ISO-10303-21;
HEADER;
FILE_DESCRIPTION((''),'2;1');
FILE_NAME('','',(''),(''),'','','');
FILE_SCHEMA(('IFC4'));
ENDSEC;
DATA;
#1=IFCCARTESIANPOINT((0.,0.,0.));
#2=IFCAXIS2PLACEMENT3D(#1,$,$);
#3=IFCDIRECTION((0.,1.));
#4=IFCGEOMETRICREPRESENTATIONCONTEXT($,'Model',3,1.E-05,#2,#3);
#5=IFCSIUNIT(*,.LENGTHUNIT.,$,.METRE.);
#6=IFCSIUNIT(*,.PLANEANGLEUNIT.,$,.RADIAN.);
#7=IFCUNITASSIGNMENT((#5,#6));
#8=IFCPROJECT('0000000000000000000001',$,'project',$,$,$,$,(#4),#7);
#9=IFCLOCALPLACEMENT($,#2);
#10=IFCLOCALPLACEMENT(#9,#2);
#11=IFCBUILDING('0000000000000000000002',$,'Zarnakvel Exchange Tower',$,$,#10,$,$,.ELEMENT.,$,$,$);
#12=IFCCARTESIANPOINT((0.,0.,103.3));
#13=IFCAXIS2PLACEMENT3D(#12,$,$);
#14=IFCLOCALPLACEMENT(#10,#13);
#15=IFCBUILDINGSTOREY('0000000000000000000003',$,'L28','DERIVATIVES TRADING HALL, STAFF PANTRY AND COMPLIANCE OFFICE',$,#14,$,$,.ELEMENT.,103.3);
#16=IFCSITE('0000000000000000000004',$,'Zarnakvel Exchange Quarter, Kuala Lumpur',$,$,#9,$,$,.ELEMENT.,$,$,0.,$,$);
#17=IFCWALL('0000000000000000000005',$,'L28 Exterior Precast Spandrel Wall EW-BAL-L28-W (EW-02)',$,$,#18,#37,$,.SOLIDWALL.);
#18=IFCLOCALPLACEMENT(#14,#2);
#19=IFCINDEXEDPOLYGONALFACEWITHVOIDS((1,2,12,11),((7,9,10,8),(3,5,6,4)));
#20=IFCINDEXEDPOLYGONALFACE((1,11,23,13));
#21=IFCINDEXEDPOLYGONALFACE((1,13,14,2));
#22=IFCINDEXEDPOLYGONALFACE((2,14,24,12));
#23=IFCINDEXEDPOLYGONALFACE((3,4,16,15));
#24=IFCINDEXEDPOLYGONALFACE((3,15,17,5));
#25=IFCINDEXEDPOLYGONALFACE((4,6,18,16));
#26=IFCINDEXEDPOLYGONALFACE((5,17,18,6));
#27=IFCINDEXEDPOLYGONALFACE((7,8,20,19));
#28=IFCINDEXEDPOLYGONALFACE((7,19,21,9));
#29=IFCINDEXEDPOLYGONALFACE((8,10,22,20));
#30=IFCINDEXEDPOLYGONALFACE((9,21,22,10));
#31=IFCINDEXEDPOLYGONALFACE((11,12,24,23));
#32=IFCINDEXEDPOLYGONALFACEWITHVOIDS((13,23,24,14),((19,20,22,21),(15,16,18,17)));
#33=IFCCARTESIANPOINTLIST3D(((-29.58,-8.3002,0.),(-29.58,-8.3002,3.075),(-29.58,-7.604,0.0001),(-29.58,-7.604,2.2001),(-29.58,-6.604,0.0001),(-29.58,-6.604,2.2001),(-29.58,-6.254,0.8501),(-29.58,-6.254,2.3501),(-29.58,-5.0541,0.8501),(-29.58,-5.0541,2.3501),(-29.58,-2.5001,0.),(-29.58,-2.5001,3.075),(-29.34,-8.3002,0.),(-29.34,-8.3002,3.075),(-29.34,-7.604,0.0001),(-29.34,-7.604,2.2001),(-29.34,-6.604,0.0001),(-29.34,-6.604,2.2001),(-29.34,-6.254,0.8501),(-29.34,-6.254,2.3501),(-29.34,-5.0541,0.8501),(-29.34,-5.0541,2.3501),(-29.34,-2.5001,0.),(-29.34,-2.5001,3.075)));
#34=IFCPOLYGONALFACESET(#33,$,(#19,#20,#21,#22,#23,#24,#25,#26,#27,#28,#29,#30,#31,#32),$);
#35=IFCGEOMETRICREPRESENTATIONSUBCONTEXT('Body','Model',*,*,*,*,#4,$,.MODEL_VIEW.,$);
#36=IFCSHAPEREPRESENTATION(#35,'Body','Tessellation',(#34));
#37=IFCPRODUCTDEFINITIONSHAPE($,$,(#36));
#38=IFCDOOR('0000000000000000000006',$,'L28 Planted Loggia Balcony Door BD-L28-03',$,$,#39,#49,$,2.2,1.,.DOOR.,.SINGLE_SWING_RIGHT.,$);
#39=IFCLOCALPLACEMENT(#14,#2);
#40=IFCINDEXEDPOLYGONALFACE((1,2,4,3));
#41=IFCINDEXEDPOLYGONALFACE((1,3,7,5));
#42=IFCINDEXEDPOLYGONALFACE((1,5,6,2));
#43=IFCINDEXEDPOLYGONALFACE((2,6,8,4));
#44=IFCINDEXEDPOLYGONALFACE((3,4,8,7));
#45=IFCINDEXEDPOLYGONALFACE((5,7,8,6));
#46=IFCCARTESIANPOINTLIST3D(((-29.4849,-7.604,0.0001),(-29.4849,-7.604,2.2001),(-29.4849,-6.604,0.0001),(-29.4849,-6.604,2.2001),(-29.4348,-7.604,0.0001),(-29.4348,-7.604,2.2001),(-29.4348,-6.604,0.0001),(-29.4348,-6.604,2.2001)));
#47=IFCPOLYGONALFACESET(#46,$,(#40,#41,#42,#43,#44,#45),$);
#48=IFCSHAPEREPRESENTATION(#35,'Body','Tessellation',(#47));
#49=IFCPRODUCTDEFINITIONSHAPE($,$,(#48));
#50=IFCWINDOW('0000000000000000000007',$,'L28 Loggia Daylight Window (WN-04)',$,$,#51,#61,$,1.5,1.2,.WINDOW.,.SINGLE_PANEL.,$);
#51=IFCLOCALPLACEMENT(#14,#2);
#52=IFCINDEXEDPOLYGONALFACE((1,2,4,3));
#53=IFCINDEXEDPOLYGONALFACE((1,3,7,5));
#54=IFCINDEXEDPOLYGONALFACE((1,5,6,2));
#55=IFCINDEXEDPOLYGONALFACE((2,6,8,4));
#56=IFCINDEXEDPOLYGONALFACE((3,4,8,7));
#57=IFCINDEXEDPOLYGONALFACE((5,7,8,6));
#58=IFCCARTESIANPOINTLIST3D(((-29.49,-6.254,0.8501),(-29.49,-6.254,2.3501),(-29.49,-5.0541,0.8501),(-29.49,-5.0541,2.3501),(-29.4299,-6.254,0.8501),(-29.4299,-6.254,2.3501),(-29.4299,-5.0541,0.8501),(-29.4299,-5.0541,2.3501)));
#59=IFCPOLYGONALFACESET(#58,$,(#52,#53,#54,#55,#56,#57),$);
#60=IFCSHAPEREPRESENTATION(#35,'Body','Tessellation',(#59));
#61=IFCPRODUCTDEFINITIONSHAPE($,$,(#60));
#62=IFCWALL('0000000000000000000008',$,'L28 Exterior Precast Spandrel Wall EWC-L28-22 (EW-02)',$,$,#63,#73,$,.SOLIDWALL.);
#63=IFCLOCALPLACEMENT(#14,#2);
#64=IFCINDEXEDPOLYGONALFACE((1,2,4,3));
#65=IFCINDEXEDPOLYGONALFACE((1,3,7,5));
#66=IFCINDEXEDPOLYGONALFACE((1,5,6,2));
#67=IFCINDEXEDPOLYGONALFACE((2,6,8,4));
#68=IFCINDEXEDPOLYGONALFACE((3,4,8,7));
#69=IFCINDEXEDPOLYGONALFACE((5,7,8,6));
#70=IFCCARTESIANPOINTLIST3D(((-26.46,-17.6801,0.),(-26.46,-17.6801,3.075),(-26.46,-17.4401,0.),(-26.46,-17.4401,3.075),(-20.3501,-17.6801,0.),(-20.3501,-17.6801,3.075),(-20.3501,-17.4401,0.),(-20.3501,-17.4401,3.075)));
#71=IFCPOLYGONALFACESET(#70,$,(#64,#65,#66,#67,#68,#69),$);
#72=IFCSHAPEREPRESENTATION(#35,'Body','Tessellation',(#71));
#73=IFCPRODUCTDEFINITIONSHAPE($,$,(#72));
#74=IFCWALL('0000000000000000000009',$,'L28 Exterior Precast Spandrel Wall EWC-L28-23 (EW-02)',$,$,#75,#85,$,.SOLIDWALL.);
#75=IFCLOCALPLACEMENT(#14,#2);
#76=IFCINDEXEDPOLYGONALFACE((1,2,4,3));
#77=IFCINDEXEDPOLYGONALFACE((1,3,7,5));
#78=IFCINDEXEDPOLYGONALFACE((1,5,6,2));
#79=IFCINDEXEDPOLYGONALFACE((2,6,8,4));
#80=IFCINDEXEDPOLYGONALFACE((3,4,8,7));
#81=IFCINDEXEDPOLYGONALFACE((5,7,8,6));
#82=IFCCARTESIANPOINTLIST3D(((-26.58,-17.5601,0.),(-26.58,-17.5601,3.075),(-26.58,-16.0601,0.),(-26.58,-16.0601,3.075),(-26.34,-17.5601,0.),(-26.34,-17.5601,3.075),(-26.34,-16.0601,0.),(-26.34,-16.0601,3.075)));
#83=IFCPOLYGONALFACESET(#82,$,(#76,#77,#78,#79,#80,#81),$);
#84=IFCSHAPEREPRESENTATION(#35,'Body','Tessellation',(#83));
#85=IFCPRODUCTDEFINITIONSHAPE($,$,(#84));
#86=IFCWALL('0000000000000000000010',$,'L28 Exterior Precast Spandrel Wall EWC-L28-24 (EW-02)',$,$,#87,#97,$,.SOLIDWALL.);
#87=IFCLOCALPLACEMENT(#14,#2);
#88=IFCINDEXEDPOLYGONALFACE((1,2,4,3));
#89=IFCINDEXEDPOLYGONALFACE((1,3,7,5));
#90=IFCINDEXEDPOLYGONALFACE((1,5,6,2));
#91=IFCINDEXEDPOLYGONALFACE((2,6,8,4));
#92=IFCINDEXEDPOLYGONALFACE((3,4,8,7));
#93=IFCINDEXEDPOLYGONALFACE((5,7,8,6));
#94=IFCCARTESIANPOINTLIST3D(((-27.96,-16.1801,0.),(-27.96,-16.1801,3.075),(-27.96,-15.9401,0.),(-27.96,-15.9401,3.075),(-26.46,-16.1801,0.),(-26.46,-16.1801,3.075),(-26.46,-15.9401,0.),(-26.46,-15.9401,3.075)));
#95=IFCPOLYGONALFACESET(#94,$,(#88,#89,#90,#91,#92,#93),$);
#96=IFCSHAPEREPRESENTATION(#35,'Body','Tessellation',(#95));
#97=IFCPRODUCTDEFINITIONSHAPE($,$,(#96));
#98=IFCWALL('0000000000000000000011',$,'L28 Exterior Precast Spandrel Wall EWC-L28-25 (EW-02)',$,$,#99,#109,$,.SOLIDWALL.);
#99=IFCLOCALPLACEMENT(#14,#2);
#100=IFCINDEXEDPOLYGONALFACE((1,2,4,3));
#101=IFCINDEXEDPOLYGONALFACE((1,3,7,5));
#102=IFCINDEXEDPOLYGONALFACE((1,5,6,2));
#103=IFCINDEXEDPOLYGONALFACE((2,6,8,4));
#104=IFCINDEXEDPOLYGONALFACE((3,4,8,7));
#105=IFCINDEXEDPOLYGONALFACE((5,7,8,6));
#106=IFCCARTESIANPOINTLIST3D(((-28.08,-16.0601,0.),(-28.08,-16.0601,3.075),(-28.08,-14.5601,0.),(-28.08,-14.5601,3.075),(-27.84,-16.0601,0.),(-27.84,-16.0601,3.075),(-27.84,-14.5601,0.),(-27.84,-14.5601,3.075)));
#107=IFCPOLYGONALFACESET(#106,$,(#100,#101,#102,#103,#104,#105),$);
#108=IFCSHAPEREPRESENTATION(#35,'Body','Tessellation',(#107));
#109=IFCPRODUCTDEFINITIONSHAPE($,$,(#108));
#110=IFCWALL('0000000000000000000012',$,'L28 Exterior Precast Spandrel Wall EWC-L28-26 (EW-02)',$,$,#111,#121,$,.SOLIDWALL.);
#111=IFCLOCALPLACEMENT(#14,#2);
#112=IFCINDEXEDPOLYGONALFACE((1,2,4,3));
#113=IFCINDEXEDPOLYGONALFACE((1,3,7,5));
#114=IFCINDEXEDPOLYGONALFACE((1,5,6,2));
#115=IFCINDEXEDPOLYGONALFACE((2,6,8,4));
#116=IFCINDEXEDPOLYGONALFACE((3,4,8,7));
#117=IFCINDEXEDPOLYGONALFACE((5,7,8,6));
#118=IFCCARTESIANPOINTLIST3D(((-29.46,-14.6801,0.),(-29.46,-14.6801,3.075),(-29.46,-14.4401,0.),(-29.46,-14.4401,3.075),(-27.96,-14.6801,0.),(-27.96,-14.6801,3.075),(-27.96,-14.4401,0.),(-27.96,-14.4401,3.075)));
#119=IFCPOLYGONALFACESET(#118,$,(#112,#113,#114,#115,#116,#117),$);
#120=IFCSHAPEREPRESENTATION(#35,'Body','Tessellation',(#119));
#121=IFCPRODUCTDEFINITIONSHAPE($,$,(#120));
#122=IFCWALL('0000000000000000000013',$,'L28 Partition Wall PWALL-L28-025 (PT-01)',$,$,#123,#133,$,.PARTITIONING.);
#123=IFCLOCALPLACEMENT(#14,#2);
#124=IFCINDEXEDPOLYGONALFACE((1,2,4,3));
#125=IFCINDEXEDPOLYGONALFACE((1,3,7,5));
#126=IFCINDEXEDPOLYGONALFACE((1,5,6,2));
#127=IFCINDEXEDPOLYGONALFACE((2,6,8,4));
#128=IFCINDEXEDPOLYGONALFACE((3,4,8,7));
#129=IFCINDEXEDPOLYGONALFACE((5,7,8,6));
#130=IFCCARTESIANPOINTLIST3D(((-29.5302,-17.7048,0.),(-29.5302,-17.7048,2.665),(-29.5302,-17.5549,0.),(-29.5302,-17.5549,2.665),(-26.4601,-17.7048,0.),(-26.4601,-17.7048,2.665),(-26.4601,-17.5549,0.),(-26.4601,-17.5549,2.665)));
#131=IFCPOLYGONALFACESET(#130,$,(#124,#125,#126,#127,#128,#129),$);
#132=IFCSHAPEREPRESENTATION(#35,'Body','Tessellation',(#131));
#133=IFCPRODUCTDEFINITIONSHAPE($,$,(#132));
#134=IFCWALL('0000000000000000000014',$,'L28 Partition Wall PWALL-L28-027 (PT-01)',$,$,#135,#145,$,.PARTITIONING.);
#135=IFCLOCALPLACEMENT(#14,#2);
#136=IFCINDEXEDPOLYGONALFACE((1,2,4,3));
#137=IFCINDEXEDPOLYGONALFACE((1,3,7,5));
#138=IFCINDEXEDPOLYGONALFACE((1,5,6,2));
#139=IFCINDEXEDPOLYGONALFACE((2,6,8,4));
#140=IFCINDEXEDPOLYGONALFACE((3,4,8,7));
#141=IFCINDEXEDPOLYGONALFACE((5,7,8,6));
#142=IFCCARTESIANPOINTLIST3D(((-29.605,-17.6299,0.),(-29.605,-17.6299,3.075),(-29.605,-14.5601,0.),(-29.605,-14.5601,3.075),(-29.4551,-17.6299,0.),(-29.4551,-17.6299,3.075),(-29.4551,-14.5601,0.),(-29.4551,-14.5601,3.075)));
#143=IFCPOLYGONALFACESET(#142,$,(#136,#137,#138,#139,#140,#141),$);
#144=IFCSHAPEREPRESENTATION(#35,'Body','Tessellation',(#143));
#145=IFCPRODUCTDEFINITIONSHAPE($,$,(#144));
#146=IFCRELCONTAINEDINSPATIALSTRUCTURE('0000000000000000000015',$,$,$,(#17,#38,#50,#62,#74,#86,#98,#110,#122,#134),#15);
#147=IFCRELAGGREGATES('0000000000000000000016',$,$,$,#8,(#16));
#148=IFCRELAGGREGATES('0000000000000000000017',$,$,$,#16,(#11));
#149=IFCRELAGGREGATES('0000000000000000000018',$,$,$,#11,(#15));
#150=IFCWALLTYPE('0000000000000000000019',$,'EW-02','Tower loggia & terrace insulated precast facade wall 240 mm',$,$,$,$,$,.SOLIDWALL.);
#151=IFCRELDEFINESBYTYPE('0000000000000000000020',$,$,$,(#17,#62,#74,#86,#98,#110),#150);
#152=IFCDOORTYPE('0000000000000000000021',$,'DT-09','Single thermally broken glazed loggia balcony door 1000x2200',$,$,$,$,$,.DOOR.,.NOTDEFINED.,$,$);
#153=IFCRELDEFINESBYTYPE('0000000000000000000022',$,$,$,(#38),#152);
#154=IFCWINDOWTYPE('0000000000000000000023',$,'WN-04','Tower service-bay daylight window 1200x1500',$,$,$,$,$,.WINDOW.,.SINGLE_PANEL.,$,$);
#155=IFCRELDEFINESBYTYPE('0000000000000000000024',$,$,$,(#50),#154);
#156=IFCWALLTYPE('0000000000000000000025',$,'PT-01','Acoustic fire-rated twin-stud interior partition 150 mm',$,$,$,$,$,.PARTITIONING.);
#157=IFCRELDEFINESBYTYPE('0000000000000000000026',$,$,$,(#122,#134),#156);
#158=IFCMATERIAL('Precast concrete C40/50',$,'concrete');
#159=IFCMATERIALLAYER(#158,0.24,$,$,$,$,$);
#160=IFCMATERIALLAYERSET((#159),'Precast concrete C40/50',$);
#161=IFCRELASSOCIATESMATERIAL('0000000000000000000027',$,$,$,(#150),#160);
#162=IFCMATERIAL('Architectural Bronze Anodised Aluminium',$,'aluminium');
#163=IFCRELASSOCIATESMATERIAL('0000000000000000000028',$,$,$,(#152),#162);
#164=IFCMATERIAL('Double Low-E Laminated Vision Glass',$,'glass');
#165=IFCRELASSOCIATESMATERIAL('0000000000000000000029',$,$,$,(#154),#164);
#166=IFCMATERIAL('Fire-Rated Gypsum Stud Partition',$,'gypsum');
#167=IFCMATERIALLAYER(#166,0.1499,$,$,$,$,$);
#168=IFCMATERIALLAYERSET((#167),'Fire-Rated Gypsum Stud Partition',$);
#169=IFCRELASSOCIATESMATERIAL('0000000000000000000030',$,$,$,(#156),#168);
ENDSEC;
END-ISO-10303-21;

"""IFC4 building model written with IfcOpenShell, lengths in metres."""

from ifc_helpers import new_model, si_unit, direction, frame, frame_2d, origin, place, context, subcontext, project, spatial, rectangle, extrude, source, transform, mapped, material, layer, layer_set, type_object, element, fill, save


model = new_model("IFC4")

# Units and contexts
model_context = context("Model", 3, precision=1e-05, world=origin(), true_north=direction((0.0, 1.0)))
body_context = subcontext(model_context, "Body", "Model", "MODEL_VIEW")
ifc_project = project(units=[si_unit("LENGTHUNIT", "METRE"), si_unit("PLANEANGLEUNIT", "RADIAN")], contexts=[model_context])

# Site, building, storey
site_placement = place(None, origin())
site = spatial("IfcSite", under=ifc_project, at=site_placement, Name="Zarnakvel Exchange Quarter, Kuala Lumpur", CompositionType="ELEMENT", RefElevation=0.0)
building_placement = place(site_placement, origin())
building = spatial("IfcBuilding", under=site, at=building_placement, Name="Zarnakvel Exchange Tower", CompositionType="ELEMENT")
storey_placement = place(building_placement, frame((0.0, 0.0, 103.3)))
storey = spatial("IfcBuildingStorey", under=building, at=storey_placement, Name="L28", Description="DERIVATIVES TRADING HALL, STAFF PANTRY AND COMPLIANCE OFFICE", CompositionType="ELEMENT", Elevation=103.3)

# Wall, openings, door, window
ifc_material_1 = material(Name="Precast concrete C40/50", Category="concrete")
ifc_layer_1 = layer(ifc_material_1, 0.24)
ifc_layer_set_1 = layer_set([ifc_layer_1], Name="Precast concrete C40/50")
wall_type_1 = type_object("IfcWallType", Name="EW-02", Description="Tower loggia & terrace insulated precast facade wall 240 mm", PredefinedType="SOLIDWALL", material=ifc_layer_set_1)
wall_1_placement = place(storey_placement, frame((-29.46, -8.3, 0.0), z_axis=(0.0, 0.0, 1.0), x_axis=(0.0, 1.0, 0.0)))
wall_1 = element("IfcWall", 1, at=wall_1_placement, inside=storey, type_object=wall_type_1, Name="L28 Exterior Precast Spandrel Wall EW-BAL-L28-W (EW-02)", PredefinedType="SOLIDWALL", context=body_context, shape_type="SweptSolid", body=[
    extrude(rectangle(XDim=5.8, YDim=0.24, at=frame_2d((2.8999, 0.0))), origin(), (0.0, 0.0, 1.0), 3.075),
])
opening_1_placement = place(wall_1_placement, frame((0.696, 0.0, 0.0)))
opening_1 = element("IfcOpeningElement", 2, at=opening_1_placement, cuts=wall_1, PredefinedType="OPENING", context=body_context, shape_type="SweptSolid", body=[
    extrude(rectangle(XDim=1.0, YDim=2.2, at=frame_2d((0.5, 1.1001))), frame((0.0, 0.1299, 0.0), z_axis=(0.0, -1.0, 0.0), x_axis=(1.0, 0.0, 0.0)), (0.0, 0.0, 1.0), 0.26),
])
opening_2_placement = place(wall_1_placement, frame((2.0459, 0.0, 0.8501)))
opening_2 = element("IfcOpeningElement", 3, at=opening_2_placement, cuts=wall_1, PredefinedType="OPENING", context=body_context, shape_type="SweptSolid", body=[
    extrude(rectangle(XDim=1.2, YDim=1.5, at=frame_2d((0.6001, 0.75))), frame((0.0, 0.1299, 0.0), z_axis=(0.0, -1.0, 0.0), x_axis=(1.0, 0.0, 0.0)), (0.0, 0.0, 1.0), 0.26),
])
ifc_material_2 = material(Name="Architectural Bronze Anodised Aluminium", Category="aluminium")
door_type = type_object("IfcDoorType", Name="DT-09", Description="Single thermally broken glazed loggia balcony door 1000x2200", OperationType="NOTDEFINED", PredefinedType="DOOR", material=ifc_material_2)
shared_shape_1 = source(origin(), body_context, "Body", "SweptSolid", [
    extrude(rectangle(XDim=1.0, YDim=2.2, at=frame_2d((0.5, 1.1001))), frame((0.0, 0.0249, 0.0), z_axis=(0.0, -1.0, 0.0), x_axis=(1.0, 0.0, 0.0)), (0.0, 0.0, 1.0), 0.05),
])
door_placement = place(opening_1_placement, origin())
door = element("IfcDoor", 4, at=door_placement, inside=storey, type_object=door_type, Name="L28 Planted Loggia Balcony Door BD-L28-03", OperationType="SINGLE_SWING_RIGHT", OverallHeight=2.2, OverallWidth=1.0, PredefinedType="DOOR", context=body_context, shape_type="MappedRepresentation", body=[
    mapped(shared_shape_1, transform((0.0, 0.0, 0.0), x_axis=(1.0, 0.0, 0.0), y_axis=(0.0, 1.0, 0.0), z_axis=(0.0, 0.0, 1.0), scale=1.0)),
])
fill(opening_1, door)
ifc_material_3 = material(Name="Double Low-E Laminated Vision Glass", Category="glass")
window_type = type_object("IfcWindowType", Name="WN-04", Description="Tower service-bay daylight window 1200x1500", PartitioningType="SINGLE_PANEL", PredefinedType="WINDOW", material=ifc_material_3)
shared_shape_2 = source(origin(), body_context, "Body", "SweptSolid", [
    extrude(rectangle(XDim=1.2, YDim=1.5, at=frame_2d((0.6001, 0.75))), frame((0.0, 0.03, 0.0), z_axis=(0.0, -1.0, 0.0), x_axis=(1.0, 0.0, 0.0)), (0.0, 0.0, 1.0), 0.0601),
])
window_placement = place(opening_2_placement, origin())
window = element("IfcWindow", 5, at=window_placement, inside=storey, type_object=window_type, Name="L28 Loggia Daylight Window (WN-04)", OverallHeight=1.5, OverallWidth=1.2, PartitioningType="SINGLE_PANEL", PredefinedType="WINDOW", context=body_context, shape_type="MappedRepresentation", body=[
    mapped(shared_shape_2, transform((0.0, 0.0, 0.0), x_axis=(1.0, 0.0, 0.0), y_axis=(0.0, 1.0, 0.0), z_axis=(0.0, 0.0, 1.0), scale=1.0)),
])
fill(opening_2, window)

# Walls
wall_2_placement = place(storey_placement, frame((-26.46, -17.5601, 0.0), z_axis=(0.0, 0.0, 1.0), x_axis=(1.0, 0.0, 0.0)))
element("IfcWall", 6, at=wall_2_placement, inside=storey, type_object=wall_type_1, Name="L28 Exterior Precast Spandrel Wall EWC-L28-22 (EW-02)", PredefinedType="SOLIDWALL", context=body_context, shape_type="SweptSolid", body=[
    extrude(rectangle(XDim=6.1099, YDim=0.24, at=frame_2d((3.0549, 0.0))), origin(), (0.0, 0.0, 1.0), 3.075),
])
for number, where, z_axis, x_axis, name in (
    (7, (-26.46, -16.0601, 0.0), (0.0, 0.0, 1.0), (0.0, -1.0, 0.0), "L28 Exterior Precast Spandrel Wall EWC-L28-23 (EW-02)"),
    (8, (-27.96, -16.0601, 0.0), (0.0, 0.0, 1.0), (1.0, 0.0, 0.0), "L28 Exterior Precast Spandrel Wall EWC-L28-24 (EW-02)"),
    (9, (-27.96, -14.5601, 0.0), (0.0, 0.0, 1.0), (0.0, -1.0, 0.0), "L28 Exterior Precast Spandrel Wall EWC-L28-25 (EW-02)"),
    (10, (-29.46, -14.5601, 0.0), (0.0, 0.0, 1.0), (1.0, 0.0, 0.0), "L28 Exterior Precast Spandrel Wall EWC-L28-26 (EW-02)"),
):
    element("IfcWall", number, at=place(storey_placement, frame(where, z_axis=z_axis, x_axis=x_axis)), inside=storey, type_object=wall_type_1, Name=name, PredefinedType="SOLIDWALL", context=body_context, shape_type="SweptSolid", body=[
        extrude(rectangle(XDim=1.5, YDim=0.24, at=frame_2d((0.75, 0.0))), origin(), (0.0, 0.0, 1.0), 3.075),
    ])
ifc_material_4 = material(Name="Fire-Rated Gypsum Stud Partition", Category="gypsum")
ifc_layer_2 = layer(ifc_material_4, 0.1499)
ifc_layer_set_2 = layer_set([ifc_layer_2], Name="Fire-Rated Gypsum Stud Partition")
wall_type_2 = type_object("IfcWallType", Name="PT-01", Description="Acoustic fire-rated twin-stud interior partition 150 mm", PredefinedType="PARTITIONING", material=ifc_layer_set_2)
wall_3_placement = place(storey_placement, frame((-26.46, -17.6299, 0.0), z_axis=(0.0, 0.0, 1.0), x_axis=(-1.0, 0.0, 0.0)))
element("IfcWall", 11, at=wall_3_placement, inside=storey, type_object=wall_type_2, Name="L28 Partition Wall PWALL-L28-025 (PT-01)", PredefinedType="PARTITIONING", context=body_context, shape_type="SweptSolid", body=[
    extrude(rectangle(XDim=3.0701, YDim=0.1499, at=frame_2d((1.5352, 0.0))), origin(), (0.0, 0.0, 1.0), 2.665),
])
wall_4_placement = place(storey_placement, frame((-29.53, -17.6299, 0.0), z_axis=(0.0, 0.0, 1.0), x_axis=(0.0, 1.0, 0.0)))
element("IfcWall", 12, at=wall_4_placement, inside=storey, type_object=wall_type_2, Name="L28 Partition Wall PWALL-L28-027 (PT-01)", PredefinedType="PARTITIONING", context=body_context, shape_type="SweptSolid", body=[
    extrude(rectangle(XDim=3.0698, YDim=0.1499, at=frame_2d((1.5349, 0.0))), origin(), (0.0, 0.0, 1.0), 3.075),
])

save(model, "model.ifc")
